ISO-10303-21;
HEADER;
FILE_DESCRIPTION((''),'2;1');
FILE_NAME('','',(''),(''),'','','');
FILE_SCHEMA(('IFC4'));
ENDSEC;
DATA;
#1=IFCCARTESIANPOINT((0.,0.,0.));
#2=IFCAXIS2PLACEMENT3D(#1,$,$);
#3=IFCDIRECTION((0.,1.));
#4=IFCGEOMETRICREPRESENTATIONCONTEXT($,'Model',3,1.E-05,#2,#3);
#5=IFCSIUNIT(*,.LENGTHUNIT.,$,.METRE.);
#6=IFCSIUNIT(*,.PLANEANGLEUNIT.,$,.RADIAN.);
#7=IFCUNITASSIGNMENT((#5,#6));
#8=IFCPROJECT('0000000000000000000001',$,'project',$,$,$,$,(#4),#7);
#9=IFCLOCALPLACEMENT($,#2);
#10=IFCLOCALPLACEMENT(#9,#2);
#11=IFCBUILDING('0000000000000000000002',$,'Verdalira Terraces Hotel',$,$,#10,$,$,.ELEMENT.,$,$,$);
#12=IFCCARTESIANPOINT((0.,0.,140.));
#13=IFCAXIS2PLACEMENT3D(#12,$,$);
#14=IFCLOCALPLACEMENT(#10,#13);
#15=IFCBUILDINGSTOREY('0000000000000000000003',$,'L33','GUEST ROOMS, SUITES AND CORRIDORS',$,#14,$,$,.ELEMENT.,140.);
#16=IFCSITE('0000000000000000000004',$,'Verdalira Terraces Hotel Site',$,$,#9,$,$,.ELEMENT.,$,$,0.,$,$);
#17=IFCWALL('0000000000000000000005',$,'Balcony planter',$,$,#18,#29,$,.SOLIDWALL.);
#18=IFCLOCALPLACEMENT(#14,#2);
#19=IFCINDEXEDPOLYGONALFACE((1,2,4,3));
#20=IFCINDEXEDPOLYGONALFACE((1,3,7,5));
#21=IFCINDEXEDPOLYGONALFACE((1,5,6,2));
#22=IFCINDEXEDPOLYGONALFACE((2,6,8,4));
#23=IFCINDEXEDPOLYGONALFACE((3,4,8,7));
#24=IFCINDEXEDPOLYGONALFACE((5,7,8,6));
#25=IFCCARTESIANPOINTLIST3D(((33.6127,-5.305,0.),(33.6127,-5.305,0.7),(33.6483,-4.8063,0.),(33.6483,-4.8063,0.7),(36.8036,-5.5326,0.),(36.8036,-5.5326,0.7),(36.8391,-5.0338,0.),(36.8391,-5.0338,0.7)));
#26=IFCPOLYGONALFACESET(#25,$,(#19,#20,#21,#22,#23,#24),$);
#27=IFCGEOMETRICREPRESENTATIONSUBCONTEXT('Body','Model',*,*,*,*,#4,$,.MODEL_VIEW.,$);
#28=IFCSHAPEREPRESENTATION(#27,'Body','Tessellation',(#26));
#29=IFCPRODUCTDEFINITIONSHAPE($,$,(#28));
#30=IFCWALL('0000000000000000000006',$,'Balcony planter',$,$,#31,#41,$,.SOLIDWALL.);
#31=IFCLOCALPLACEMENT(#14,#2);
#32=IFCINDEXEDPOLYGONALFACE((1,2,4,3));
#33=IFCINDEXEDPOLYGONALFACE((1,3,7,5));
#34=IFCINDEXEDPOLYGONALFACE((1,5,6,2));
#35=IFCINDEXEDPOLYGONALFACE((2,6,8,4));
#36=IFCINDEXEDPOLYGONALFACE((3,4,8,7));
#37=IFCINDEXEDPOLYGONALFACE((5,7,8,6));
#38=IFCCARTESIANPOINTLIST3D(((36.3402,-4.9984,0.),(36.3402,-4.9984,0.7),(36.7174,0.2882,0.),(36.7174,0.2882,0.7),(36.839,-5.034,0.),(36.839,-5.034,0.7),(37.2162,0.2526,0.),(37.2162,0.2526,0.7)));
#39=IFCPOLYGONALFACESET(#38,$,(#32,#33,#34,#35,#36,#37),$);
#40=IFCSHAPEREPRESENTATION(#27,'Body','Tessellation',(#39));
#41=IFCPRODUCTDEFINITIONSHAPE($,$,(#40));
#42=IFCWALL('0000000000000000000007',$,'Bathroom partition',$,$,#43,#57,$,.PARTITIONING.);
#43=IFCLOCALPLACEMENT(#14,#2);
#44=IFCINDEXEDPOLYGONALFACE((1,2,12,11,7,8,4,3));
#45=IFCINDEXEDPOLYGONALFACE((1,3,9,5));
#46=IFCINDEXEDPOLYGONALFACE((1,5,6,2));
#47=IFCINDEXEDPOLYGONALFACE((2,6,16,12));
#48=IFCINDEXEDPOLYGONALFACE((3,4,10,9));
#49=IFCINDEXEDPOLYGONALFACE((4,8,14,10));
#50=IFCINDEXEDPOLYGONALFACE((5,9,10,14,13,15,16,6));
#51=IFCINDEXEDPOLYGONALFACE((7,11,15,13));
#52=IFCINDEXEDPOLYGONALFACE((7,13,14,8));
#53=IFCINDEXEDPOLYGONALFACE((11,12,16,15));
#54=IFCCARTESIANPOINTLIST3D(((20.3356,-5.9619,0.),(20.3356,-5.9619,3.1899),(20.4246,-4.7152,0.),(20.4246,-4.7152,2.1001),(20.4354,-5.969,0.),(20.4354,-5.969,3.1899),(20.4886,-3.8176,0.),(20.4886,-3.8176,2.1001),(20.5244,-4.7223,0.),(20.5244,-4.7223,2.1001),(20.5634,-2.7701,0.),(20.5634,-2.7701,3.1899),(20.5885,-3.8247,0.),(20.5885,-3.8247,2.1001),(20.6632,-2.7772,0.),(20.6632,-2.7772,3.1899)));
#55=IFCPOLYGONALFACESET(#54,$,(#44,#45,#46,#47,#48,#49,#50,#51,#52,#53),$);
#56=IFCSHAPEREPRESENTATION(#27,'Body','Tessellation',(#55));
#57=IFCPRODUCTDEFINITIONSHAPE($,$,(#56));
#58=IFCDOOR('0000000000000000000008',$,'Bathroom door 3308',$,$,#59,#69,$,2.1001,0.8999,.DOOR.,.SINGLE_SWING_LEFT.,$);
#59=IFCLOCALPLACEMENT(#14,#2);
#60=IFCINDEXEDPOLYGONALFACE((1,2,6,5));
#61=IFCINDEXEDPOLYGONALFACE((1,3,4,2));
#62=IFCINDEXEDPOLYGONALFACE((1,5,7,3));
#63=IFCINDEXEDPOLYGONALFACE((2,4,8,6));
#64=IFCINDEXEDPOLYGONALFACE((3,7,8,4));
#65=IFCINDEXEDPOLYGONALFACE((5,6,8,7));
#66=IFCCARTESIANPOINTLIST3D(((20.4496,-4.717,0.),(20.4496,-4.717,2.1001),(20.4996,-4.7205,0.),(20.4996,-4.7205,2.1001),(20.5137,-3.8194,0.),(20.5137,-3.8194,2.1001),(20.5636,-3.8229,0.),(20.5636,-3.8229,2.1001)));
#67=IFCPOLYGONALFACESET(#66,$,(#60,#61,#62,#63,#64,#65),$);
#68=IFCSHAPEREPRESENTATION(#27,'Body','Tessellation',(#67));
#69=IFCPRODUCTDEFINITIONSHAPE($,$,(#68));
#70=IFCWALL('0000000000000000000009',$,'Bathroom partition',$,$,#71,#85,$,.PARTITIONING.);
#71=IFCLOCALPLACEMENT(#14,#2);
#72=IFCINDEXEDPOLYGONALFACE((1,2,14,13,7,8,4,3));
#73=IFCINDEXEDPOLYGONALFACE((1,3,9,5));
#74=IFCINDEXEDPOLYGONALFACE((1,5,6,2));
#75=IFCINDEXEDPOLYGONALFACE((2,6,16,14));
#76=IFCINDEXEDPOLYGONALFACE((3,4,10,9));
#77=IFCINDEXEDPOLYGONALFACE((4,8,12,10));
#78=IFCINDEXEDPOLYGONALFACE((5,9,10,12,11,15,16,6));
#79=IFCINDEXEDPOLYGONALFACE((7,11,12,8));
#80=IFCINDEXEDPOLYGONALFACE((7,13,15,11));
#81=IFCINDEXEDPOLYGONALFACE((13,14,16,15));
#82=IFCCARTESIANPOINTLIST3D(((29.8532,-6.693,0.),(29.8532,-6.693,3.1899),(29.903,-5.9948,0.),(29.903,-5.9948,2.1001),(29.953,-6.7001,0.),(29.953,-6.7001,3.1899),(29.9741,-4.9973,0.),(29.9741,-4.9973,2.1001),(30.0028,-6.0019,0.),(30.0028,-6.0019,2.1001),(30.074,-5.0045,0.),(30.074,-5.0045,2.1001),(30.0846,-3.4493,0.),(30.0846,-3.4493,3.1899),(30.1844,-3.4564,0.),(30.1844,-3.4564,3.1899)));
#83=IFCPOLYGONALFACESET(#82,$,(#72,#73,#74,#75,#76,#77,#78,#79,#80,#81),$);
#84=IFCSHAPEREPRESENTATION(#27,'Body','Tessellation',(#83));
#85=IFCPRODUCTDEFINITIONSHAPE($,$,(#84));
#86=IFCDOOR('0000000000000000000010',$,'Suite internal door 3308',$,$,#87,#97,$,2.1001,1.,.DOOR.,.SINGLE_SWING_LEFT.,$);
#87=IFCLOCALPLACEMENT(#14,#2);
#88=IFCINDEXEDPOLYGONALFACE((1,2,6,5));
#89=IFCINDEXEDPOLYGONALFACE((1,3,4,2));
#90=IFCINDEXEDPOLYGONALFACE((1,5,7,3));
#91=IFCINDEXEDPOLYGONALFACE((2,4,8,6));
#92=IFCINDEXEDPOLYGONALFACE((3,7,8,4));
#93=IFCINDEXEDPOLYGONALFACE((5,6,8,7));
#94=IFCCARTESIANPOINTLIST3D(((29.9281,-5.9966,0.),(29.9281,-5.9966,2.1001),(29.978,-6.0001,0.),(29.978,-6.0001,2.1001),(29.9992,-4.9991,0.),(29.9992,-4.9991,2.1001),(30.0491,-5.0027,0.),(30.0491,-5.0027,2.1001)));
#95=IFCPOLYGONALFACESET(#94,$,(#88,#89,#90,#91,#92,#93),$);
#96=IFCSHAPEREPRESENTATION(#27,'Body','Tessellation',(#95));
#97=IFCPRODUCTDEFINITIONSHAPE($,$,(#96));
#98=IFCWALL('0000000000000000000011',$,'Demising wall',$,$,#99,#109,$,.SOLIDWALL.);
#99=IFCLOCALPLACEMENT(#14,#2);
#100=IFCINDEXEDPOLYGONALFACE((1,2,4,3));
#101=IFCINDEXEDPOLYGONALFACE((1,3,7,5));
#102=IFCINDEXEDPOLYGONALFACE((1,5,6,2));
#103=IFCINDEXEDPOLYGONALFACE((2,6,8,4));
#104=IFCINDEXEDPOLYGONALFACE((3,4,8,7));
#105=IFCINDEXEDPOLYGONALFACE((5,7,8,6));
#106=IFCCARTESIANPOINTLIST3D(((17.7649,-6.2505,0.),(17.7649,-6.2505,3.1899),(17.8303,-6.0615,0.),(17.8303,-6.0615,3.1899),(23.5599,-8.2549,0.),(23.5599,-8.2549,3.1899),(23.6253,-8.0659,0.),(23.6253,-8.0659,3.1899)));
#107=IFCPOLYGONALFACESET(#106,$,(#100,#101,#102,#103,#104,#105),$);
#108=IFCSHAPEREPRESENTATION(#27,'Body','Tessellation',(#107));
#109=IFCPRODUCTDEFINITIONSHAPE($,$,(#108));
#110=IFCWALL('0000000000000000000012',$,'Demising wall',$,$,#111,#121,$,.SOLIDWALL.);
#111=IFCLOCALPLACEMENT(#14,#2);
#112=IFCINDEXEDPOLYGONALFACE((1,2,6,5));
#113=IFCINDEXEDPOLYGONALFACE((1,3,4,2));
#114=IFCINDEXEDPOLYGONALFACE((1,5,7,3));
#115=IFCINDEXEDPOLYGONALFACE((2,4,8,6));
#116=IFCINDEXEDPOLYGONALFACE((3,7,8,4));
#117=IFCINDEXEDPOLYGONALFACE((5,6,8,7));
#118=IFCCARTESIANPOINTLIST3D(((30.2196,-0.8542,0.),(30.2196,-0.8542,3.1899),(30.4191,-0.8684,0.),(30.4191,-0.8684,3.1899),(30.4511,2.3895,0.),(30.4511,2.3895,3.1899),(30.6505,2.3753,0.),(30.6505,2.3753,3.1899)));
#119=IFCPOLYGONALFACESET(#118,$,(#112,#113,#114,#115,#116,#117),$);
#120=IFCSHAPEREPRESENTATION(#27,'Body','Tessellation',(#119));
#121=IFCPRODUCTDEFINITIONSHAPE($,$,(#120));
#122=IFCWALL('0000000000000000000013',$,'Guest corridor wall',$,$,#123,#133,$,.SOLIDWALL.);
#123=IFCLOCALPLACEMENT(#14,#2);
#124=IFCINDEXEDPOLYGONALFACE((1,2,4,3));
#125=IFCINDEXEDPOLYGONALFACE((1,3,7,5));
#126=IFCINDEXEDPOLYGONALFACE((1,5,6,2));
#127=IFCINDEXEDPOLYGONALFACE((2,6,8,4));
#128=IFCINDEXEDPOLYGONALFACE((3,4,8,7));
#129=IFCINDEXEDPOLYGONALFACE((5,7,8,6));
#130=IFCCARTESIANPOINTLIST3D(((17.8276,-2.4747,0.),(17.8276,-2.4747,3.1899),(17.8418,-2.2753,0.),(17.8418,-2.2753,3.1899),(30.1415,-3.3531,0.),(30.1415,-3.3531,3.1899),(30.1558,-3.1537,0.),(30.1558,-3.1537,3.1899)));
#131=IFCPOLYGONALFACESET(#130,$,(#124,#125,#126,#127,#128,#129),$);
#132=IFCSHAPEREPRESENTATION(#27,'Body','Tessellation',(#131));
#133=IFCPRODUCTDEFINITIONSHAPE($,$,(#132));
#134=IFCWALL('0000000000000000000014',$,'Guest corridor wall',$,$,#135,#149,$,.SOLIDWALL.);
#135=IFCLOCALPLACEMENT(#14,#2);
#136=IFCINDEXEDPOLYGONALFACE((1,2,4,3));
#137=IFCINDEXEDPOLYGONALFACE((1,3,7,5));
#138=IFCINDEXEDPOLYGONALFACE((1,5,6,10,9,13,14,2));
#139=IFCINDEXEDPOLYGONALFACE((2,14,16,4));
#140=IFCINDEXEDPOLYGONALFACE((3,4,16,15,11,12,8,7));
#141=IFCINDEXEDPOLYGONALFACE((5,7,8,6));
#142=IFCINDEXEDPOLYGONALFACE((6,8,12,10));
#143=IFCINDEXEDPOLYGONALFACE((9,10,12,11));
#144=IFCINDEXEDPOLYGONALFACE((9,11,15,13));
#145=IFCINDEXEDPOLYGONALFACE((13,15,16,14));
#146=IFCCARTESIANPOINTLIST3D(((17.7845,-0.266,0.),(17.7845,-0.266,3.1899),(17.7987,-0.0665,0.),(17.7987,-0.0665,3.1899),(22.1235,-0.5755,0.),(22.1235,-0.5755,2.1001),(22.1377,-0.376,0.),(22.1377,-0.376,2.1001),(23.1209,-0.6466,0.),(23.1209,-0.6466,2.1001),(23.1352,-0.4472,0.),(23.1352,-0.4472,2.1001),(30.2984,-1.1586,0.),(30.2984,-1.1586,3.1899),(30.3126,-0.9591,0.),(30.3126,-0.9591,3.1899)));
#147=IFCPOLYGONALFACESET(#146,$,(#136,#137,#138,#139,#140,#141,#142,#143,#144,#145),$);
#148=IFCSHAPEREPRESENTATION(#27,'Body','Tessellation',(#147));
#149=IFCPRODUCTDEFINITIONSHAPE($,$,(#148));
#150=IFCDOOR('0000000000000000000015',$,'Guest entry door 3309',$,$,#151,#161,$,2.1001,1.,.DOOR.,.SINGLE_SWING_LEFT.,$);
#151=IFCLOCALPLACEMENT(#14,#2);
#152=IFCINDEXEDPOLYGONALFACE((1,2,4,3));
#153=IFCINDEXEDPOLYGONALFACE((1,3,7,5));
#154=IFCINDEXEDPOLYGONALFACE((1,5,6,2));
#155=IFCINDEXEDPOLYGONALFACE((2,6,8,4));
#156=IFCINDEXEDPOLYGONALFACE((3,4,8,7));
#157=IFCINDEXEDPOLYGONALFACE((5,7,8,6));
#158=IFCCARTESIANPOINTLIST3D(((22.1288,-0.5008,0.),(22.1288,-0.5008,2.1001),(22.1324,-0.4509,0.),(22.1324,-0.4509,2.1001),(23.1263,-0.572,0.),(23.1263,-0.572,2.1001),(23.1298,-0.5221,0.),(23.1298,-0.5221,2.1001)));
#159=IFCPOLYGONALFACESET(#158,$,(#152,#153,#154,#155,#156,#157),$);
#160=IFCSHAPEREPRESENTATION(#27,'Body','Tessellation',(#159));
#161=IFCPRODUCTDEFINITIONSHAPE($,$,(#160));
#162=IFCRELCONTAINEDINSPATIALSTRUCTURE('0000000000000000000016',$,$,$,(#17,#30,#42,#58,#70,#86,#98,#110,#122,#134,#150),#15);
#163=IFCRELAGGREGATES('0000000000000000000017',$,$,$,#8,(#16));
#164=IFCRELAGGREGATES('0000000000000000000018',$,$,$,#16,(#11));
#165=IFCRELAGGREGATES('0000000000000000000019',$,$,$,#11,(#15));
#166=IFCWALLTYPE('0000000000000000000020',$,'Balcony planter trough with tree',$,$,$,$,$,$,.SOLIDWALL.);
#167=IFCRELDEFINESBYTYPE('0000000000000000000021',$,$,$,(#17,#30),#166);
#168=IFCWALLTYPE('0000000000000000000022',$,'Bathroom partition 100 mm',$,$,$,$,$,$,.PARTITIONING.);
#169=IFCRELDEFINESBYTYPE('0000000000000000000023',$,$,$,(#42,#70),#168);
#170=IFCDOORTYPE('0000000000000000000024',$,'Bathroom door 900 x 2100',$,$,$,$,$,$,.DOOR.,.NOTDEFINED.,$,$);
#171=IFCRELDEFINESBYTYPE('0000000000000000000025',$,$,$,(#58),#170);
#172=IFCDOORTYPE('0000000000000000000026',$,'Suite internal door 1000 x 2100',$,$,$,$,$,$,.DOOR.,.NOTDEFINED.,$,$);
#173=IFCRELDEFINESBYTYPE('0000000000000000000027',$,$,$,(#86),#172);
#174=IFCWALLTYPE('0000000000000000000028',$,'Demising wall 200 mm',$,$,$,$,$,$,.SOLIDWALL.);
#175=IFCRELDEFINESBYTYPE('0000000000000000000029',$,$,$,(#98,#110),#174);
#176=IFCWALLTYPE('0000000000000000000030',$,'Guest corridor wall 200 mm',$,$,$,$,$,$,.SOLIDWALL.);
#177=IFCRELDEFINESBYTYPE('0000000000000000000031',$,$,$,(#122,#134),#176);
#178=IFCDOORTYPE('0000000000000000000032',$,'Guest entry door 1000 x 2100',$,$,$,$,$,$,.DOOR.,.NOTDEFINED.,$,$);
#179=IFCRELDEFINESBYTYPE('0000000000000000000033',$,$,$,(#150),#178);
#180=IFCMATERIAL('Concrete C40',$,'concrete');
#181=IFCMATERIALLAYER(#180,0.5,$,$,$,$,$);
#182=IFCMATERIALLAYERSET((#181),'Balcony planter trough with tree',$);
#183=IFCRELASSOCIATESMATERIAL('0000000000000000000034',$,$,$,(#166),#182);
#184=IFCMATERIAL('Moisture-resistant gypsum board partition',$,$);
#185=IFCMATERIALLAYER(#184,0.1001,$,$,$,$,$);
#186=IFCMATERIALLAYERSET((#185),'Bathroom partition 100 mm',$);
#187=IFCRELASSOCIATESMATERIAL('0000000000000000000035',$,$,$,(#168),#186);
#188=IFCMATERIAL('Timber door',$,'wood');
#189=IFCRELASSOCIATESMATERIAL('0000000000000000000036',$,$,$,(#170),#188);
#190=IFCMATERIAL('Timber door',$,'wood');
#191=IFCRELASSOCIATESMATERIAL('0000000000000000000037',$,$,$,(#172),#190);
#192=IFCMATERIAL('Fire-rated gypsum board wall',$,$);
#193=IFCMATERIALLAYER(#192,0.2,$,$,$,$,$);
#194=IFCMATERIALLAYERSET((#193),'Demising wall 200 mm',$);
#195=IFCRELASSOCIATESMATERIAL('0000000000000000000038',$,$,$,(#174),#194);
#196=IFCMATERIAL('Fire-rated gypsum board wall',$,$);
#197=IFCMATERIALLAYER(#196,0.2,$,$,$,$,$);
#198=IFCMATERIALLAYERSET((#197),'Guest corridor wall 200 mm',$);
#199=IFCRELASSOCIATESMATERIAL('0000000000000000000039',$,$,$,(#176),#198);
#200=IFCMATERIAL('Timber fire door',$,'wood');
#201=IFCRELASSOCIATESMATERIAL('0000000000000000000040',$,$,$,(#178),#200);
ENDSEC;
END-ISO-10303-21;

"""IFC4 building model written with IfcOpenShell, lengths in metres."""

from ifc_helpers import new_model, si_unit, direction, frame, frame_2d, origin, place, context, subcontext, project, spatial, rectangle, extrude, material, layer, layer_set, type_object, element, fill, save


model = new_model("IFC4")

# Units and contexts
model_context = context("Model", 3, precision=1e-05, world=origin(), true_north=direction((0.0, 1.0)))
body_context = subcontext(model_context, "Body", "Model", "MODEL_VIEW")
ifc_project = project(units=[si_unit("LENGTHUNIT", "METRE"), si_unit("PLANEANGLEUNIT", "RADIAN")], contexts=[model_context])

# Site, building, storey
site_placement = place(None, origin())
site = spatial("IfcSite", under=ifc_project, at=site_placement, Name="Verdalira Terraces Hotel Site", CompositionType="ELEMENT", RefElevation=0.0)
building_placement = place(site_placement, origin())
building = spatial("IfcBuilding", under=site, at=building_placement, Name="Verdalira Terraces Hotel", CompositionType="ELEMENT")
storey_placement = place(building_placement, frame((0.0, 0.0, 140.0)))
storey = spatial("IfcBuildingStorey", under=building, at=storey_placement, Name="L33", Description="GUEST ROOMS, SUITES AND CORRIDORS", CompositionType="ELEMENT", Elevation=140.0)

# Walls
ifc_material_1 = material(Name="Concrete C40", Category="concrete")
ifc_layer_1 = layer(ifc_material_1, 0.5)
ifc_layer_set_1 = layer_set([ifc_layer_1], Name="Balcony planter trough with tree")
wall_type_1 = type_object("IfcWallType", Name="Balcony planter trough with tree", PredefinedType="SOLIDWALL", material=ifc_layer_set_1)
wall_1_placement = place(storey_placement, frame((33.6304, -5.0557, 0.0), z_axis=(0.0, 0.0, 1.0), x_axis=(0.997467, -0.071128, 0.0)))
element("IfcWall", 1, at=wall_1_placement, inside=storey, type_object=wall_type_1, Name="Balcony planter", PredefinedType="SOLIDWALL", context=body_context, shape_type="SweptSolid", body=[
    extrude(rectangle(XDim=3.199, YDim=0.5, at=frame_2d((1.5996, 0.0))), origin(), (0.0, 0.0, 1.0), 0.7),
])
wall_2_placement = place(storey_placement, frame((36.5896, -5.0161, 0.0), z_axis=(0.0, 0.0, 1.0), x_axis=(0.071168, 0.997464, 0.0)))
element("IfcWall", 2, at=wall_2_placement, inside=storey, type_object=wall_type_1, Name="Balcony planter", PredefinedType="SOLIDWALL", context=body_context, shape_type="SweptSolid", body=[
    extrude(rectangle(XDim=5.3, YDim=0.5, at=frame_2d((2.6499, 0.0))), origin(), (0.0, 0.0, 1.0), 0.7),
])

# Walls, openings, doors
ifc_material_2 = material(Name="Moisture-resistant gypsum board partition")
ifc_layer_2 = layer(ifc_material_2, 0.1001)
ifc_layer_set_2 = layer_set([ifc_layer_2], Name="Bathroom partition 100 mm")
wall_type_2 = type_object("IfcWallType", Name="Bathroom partition 100 mm", PredefinedType="PARTITIONING", material=ifc_layer_set_2)
wall_3_placement = place(storey_placement, frame((20.3855, -5.9656, 0.0), z_axis=(0.0, 0.0, 1.0), x_axis=(0.071182, 0.997463, 0.0)))
wall_3 = element("IfcWall", 3, at=wall_3_placement, inside=storey, type_object=wall_type_2, Name="Bathroom partition", PredefinedType="PARTITIONING", context=body_context, shape_type="SweptSolid", body=[
    extrude(rectangle(XDim=3.2, YDim=0.1001, at=frame_2d((1.6001, 0.0))), origin(), (0.0, 0.0, 1.0), 3.1899),
])
opening_1_placement = place(wall_3_placement, frame((1.25, 0.0, 0.0)))
opening_1 = element("IfcOpeningElement", 4, at=opening_1_placement, cuts=wall_3, PredefinedType="OPENING", context=body_context, shape_type="SweptSolid", body=[
    extrude(rectangle(XDim=0.8999, YDim=2.1001, at=frame_2d((0.45, 1.05))), frame((0.0, 0.0601, 0.0), z_axis=(0.0, -1.0, 0.0), x_axis=(1.0, 0.0, 0.0)), (0.0, 0.0, 1.0), 0.1201),
])
ifc_material_3 = material(Name="Timber door", Category="wood")
door_type_1 = type_object("IfcDoorType", Name="Bathroom door 900 x 2100", OperationType="NOTDEFINED", PredefinedType="DOOR", material=ifc_material_3)
door_1_placement = place(opening_1_placement, origin())
door_1 = element("IfcDoor", 5, at=door_1_placement, inside=storey, type_object=door_type_1, Name="Bathroom door 3308", OperationType="SINGLE_SWING_LEFT", OverallHeight=2.1001, OverallWidth=0.8999, PredefinedType="DOOR", context=body_context, shape_type="SweptSolid", body=[
    extrude(rectangle(XDim=0.8999, YDim=2.1001, at=frame_2d((0.45, 1.05))), frame((0.0, 0.0249, 0.0), z_axis=(0.0, -1.0, 0.0), x_axis=(1.0, 0.0, 0.0)), (0.0, 0.0, 1.0), 0.05),
])
fill(opening_1, door_1)
wall_4_placement = place(storey_placement, frame((29.9031, -6.6965, 0.0), z_axis=(0.0, 0.0, 1.0), x_axis=(0.071172, 0.997464, 0.0)))
wall_4 = element("IfcWall", 6, at=wall_4_placement, inside=storey, type_object=wall_type_2, Name="Bathroom partition", PredefinedType="PARTITIONING", context=body_context, shape_type="SweptSolid", body=[
    extrude(rectangle(XDim=3.252, YDim=0.1001, at=frame_2d((1.626, 0.0))), origin(), (0.0, 0.0, 1.0), 3.1899),
])
opening_2_placement = place(wall_4_placement, frame((0.7, 0.0, 0.0)))
opening_2 = element("IfcOpeningElement", 7, at=opening_2_placement, cuts=wall_4, PredefinedType="OPENING", context=body_context, shape_type="SweptSolid", body=[
    extrude(rectangle(XDim=1.0, YDim=2.1001, at=frame_2d((0.5, 1.05))), frame((0.0, 0.0601, 0.0), z_axis=(0.0, -1.0, 0.0), x_axis=(1.0, 0.0, 0.0)), (0.0, 0.0, 1.0), 0.1201),
])
ifc_material_4 = material(Name="Timber door", Category="wood")
door_type_2 = type_object("IfcDoorType", Name="Suite internal door 1000 x 2100", OperationType="NOTDEFINED", PredefinedType="DOOR", material=ifc_material_4)
door_2_placement = place(opening_2_placement, origin())
door_2 = element("IfcDoor", 8, at=door_2_placement, inside=storey, type_object=door_type_2, Name="Suite internal door 3308", OperationType="SINGLE_SWING_LEFT", OverallHeight=2.1001, OverallWidth=1.0, PredefinedType="DOOR", context=body_context, shape_type="SweptSolid", body=[
    extrude(rectangle(XDim=1.0, YDim=2.1001, at=frame_2d((0.5, 1.05))), frame((0.0, 0.0249, 0.0), z_axis=(0.0, -1.0, 0.0), x_axis=(1.0, 0.0, 0.0)), (0.0, 0.0, 1.0), 0.05),
])
fill(opening_2, door_2)

# Walls
ifc_material_5 = material(Name="Fire-rated gypsum board wall")
ifc_layer_3 = layer(ifc_material_5, 0.2)
ifc_layer_set_3 = layer_set([ifc_layer_3], Name="Demising wall 200 mm")
wall_type_3 = type_object("IfcWallType", Name="Demising wall 200 mm", PredefinedType="SOLIDWALL", material=ifc_layer_set_3)
wall_5_placement = place(storey_placement, frame((17.7976, -6.156, 0.0), z_axis=(0.0, 0.0, 1.0), x_axis=(0.945064, -0.326886, 0.0)))
element("IfcWall", 9, at=wall_5_placement, inside=storey, type_object=wall_type_3, Name="Demising wall", PredefinedType="SOLIDWALL", context=body_context, shape_type="SweptSolid", body=[
    extrude(rectangle(XDim=6.1318, YDim=0.2, at=frame_2d((3.0659, 0.0))), origin(), (0.0, 0.0, 1.0), 3.1899),
])
wall_6_placement = place(storey_placement, frame((30.3193, -0.8613, 0.0), z_axis=(0.0, 0.0, 1.0), x_axis=(0.071172, 0.997464, 0.0)))
element("IfcWall", 10, at=wall_6_placement, inside=storey, type_object=wall_type_3, Name="Demising wall", PredefinedType="SOLIDWALL", context=body_context, shape_type="SweptSolid", body=[
    extrude(rectangle(XDim=3.252, YDim=0.2, at=frame_2d((1.626, 0.0))), origin(), (0.0, 0.0, 1.0), 3.1899),
])
ifc_material_6 = material(Name="Fire-rated gypsum board wall")
ifc_layer_4 = layer(ifc_material_6, 0.2)
ifc_layer_set_4 = layer_set([ifc_layer_4], Name="Guest corridor wall 200 mm")
wall_type_4 = type_object("IfcWallType", Name="Guest corridor wall 200 mm", PredefinedType="SOLIDWALL", material=ifc_layer_set_4)
wall_7_placement = place(storey_placement, frame((17.8347, -2.375, 0.0), z_axis=(0.0, 0.0, 1.0), x_axis=(0.997465, -0.071154, 0.0)))
element("IfcWall", 11, at=wall_7_placement, inside=storey, type_object=wall_type_4, Name="Guest corridor wall", PredefinedType="SOLIDWALL", context=body_context, shape_type="SweptSolid", body=[
    extrude(rectangle(XDim=12.3452, YDim=0.2, at=frame_2d((6.1726, 0.0))), origin(), (0.0, 0.0, 1.0), 3.1899),
])

# Wall, opening, door
wall_8_placement = place(storey_placement, frame((17.7915, -0.1663, 0.0), z_axis=(0.0, 0.0, 1.0), x_axis=(0.997466, -0.071146, 0.0)))
wall_8 = element("IfcWall", 12, at=wall_8_placement, inside=storey, type_object=wall_type_4, Name="Guest corridor wall", PredefinedType="SOLIDWALL", context=body_context, shape_type="SweptSolid", body=[
    extrude(rectangle(XDim=12.5457, YDim=0.2, at=frame_2d((6.2729, 0.0))), origin(), (0.0, 0.0, 1.0), 3.1899),
])
opening_3_placement = place(wall_8_placement, frame((4.3501, 0.0, 0.0)))
opening_3 = element("IfcOpeningElement", 13, at=opening_3_placement, cuts=wall_8, PredefinedType="OPENING", context=body_context, shape_type="SweptSolid", body=[
    extrude(rectangle(XDim=1.0, YDim=2.1001, at=frame_2d((0.5, 1.05))), frame((0.0, 0.1099, 0.0), z_axis=(0.0, -1.0, 0.0), x_axis=(1.0, 0.0, 0.0)), (0.0, 0.0, 1.0), 0.22),
])
ifc_material_7 = material(Name="Timber fire door", Category="wood")
door_type_3 = type_object("IfcDoorType", Name="Guest entry door 1000 x 2100", OperationType="NOTDEFINED", PredefinedType="DOOR", material=ifc_material_7)
door_3_placement = place(opening_3_placement, origin())
door_3 = element("IfcDoor", 14, at=door_3_placement, inside=storey, type_object=door_type_3, Name="Guest entry door 3309", OperationType="SINGLE_SWING_LEFT", OverallHeight=2.1001, OverallWidth=1.0, PredefinedType="DOOR", context=body_context, shape_type="SweptSolid", body=[
    extrude(rectangle(XDim=1.0, YDim=2.1001, at=frame_2d((0.5, 1.05))), frame((0.0, 0.0249, 0.0), z_axis=(0.0, -1.0, 0.0), x_axis=(1.0, 0.0, 0.0)), (0.0, 0.0, 1.0), 0.05),
])
fill(opening_3, door_3)

save(model, "model.ifc")
